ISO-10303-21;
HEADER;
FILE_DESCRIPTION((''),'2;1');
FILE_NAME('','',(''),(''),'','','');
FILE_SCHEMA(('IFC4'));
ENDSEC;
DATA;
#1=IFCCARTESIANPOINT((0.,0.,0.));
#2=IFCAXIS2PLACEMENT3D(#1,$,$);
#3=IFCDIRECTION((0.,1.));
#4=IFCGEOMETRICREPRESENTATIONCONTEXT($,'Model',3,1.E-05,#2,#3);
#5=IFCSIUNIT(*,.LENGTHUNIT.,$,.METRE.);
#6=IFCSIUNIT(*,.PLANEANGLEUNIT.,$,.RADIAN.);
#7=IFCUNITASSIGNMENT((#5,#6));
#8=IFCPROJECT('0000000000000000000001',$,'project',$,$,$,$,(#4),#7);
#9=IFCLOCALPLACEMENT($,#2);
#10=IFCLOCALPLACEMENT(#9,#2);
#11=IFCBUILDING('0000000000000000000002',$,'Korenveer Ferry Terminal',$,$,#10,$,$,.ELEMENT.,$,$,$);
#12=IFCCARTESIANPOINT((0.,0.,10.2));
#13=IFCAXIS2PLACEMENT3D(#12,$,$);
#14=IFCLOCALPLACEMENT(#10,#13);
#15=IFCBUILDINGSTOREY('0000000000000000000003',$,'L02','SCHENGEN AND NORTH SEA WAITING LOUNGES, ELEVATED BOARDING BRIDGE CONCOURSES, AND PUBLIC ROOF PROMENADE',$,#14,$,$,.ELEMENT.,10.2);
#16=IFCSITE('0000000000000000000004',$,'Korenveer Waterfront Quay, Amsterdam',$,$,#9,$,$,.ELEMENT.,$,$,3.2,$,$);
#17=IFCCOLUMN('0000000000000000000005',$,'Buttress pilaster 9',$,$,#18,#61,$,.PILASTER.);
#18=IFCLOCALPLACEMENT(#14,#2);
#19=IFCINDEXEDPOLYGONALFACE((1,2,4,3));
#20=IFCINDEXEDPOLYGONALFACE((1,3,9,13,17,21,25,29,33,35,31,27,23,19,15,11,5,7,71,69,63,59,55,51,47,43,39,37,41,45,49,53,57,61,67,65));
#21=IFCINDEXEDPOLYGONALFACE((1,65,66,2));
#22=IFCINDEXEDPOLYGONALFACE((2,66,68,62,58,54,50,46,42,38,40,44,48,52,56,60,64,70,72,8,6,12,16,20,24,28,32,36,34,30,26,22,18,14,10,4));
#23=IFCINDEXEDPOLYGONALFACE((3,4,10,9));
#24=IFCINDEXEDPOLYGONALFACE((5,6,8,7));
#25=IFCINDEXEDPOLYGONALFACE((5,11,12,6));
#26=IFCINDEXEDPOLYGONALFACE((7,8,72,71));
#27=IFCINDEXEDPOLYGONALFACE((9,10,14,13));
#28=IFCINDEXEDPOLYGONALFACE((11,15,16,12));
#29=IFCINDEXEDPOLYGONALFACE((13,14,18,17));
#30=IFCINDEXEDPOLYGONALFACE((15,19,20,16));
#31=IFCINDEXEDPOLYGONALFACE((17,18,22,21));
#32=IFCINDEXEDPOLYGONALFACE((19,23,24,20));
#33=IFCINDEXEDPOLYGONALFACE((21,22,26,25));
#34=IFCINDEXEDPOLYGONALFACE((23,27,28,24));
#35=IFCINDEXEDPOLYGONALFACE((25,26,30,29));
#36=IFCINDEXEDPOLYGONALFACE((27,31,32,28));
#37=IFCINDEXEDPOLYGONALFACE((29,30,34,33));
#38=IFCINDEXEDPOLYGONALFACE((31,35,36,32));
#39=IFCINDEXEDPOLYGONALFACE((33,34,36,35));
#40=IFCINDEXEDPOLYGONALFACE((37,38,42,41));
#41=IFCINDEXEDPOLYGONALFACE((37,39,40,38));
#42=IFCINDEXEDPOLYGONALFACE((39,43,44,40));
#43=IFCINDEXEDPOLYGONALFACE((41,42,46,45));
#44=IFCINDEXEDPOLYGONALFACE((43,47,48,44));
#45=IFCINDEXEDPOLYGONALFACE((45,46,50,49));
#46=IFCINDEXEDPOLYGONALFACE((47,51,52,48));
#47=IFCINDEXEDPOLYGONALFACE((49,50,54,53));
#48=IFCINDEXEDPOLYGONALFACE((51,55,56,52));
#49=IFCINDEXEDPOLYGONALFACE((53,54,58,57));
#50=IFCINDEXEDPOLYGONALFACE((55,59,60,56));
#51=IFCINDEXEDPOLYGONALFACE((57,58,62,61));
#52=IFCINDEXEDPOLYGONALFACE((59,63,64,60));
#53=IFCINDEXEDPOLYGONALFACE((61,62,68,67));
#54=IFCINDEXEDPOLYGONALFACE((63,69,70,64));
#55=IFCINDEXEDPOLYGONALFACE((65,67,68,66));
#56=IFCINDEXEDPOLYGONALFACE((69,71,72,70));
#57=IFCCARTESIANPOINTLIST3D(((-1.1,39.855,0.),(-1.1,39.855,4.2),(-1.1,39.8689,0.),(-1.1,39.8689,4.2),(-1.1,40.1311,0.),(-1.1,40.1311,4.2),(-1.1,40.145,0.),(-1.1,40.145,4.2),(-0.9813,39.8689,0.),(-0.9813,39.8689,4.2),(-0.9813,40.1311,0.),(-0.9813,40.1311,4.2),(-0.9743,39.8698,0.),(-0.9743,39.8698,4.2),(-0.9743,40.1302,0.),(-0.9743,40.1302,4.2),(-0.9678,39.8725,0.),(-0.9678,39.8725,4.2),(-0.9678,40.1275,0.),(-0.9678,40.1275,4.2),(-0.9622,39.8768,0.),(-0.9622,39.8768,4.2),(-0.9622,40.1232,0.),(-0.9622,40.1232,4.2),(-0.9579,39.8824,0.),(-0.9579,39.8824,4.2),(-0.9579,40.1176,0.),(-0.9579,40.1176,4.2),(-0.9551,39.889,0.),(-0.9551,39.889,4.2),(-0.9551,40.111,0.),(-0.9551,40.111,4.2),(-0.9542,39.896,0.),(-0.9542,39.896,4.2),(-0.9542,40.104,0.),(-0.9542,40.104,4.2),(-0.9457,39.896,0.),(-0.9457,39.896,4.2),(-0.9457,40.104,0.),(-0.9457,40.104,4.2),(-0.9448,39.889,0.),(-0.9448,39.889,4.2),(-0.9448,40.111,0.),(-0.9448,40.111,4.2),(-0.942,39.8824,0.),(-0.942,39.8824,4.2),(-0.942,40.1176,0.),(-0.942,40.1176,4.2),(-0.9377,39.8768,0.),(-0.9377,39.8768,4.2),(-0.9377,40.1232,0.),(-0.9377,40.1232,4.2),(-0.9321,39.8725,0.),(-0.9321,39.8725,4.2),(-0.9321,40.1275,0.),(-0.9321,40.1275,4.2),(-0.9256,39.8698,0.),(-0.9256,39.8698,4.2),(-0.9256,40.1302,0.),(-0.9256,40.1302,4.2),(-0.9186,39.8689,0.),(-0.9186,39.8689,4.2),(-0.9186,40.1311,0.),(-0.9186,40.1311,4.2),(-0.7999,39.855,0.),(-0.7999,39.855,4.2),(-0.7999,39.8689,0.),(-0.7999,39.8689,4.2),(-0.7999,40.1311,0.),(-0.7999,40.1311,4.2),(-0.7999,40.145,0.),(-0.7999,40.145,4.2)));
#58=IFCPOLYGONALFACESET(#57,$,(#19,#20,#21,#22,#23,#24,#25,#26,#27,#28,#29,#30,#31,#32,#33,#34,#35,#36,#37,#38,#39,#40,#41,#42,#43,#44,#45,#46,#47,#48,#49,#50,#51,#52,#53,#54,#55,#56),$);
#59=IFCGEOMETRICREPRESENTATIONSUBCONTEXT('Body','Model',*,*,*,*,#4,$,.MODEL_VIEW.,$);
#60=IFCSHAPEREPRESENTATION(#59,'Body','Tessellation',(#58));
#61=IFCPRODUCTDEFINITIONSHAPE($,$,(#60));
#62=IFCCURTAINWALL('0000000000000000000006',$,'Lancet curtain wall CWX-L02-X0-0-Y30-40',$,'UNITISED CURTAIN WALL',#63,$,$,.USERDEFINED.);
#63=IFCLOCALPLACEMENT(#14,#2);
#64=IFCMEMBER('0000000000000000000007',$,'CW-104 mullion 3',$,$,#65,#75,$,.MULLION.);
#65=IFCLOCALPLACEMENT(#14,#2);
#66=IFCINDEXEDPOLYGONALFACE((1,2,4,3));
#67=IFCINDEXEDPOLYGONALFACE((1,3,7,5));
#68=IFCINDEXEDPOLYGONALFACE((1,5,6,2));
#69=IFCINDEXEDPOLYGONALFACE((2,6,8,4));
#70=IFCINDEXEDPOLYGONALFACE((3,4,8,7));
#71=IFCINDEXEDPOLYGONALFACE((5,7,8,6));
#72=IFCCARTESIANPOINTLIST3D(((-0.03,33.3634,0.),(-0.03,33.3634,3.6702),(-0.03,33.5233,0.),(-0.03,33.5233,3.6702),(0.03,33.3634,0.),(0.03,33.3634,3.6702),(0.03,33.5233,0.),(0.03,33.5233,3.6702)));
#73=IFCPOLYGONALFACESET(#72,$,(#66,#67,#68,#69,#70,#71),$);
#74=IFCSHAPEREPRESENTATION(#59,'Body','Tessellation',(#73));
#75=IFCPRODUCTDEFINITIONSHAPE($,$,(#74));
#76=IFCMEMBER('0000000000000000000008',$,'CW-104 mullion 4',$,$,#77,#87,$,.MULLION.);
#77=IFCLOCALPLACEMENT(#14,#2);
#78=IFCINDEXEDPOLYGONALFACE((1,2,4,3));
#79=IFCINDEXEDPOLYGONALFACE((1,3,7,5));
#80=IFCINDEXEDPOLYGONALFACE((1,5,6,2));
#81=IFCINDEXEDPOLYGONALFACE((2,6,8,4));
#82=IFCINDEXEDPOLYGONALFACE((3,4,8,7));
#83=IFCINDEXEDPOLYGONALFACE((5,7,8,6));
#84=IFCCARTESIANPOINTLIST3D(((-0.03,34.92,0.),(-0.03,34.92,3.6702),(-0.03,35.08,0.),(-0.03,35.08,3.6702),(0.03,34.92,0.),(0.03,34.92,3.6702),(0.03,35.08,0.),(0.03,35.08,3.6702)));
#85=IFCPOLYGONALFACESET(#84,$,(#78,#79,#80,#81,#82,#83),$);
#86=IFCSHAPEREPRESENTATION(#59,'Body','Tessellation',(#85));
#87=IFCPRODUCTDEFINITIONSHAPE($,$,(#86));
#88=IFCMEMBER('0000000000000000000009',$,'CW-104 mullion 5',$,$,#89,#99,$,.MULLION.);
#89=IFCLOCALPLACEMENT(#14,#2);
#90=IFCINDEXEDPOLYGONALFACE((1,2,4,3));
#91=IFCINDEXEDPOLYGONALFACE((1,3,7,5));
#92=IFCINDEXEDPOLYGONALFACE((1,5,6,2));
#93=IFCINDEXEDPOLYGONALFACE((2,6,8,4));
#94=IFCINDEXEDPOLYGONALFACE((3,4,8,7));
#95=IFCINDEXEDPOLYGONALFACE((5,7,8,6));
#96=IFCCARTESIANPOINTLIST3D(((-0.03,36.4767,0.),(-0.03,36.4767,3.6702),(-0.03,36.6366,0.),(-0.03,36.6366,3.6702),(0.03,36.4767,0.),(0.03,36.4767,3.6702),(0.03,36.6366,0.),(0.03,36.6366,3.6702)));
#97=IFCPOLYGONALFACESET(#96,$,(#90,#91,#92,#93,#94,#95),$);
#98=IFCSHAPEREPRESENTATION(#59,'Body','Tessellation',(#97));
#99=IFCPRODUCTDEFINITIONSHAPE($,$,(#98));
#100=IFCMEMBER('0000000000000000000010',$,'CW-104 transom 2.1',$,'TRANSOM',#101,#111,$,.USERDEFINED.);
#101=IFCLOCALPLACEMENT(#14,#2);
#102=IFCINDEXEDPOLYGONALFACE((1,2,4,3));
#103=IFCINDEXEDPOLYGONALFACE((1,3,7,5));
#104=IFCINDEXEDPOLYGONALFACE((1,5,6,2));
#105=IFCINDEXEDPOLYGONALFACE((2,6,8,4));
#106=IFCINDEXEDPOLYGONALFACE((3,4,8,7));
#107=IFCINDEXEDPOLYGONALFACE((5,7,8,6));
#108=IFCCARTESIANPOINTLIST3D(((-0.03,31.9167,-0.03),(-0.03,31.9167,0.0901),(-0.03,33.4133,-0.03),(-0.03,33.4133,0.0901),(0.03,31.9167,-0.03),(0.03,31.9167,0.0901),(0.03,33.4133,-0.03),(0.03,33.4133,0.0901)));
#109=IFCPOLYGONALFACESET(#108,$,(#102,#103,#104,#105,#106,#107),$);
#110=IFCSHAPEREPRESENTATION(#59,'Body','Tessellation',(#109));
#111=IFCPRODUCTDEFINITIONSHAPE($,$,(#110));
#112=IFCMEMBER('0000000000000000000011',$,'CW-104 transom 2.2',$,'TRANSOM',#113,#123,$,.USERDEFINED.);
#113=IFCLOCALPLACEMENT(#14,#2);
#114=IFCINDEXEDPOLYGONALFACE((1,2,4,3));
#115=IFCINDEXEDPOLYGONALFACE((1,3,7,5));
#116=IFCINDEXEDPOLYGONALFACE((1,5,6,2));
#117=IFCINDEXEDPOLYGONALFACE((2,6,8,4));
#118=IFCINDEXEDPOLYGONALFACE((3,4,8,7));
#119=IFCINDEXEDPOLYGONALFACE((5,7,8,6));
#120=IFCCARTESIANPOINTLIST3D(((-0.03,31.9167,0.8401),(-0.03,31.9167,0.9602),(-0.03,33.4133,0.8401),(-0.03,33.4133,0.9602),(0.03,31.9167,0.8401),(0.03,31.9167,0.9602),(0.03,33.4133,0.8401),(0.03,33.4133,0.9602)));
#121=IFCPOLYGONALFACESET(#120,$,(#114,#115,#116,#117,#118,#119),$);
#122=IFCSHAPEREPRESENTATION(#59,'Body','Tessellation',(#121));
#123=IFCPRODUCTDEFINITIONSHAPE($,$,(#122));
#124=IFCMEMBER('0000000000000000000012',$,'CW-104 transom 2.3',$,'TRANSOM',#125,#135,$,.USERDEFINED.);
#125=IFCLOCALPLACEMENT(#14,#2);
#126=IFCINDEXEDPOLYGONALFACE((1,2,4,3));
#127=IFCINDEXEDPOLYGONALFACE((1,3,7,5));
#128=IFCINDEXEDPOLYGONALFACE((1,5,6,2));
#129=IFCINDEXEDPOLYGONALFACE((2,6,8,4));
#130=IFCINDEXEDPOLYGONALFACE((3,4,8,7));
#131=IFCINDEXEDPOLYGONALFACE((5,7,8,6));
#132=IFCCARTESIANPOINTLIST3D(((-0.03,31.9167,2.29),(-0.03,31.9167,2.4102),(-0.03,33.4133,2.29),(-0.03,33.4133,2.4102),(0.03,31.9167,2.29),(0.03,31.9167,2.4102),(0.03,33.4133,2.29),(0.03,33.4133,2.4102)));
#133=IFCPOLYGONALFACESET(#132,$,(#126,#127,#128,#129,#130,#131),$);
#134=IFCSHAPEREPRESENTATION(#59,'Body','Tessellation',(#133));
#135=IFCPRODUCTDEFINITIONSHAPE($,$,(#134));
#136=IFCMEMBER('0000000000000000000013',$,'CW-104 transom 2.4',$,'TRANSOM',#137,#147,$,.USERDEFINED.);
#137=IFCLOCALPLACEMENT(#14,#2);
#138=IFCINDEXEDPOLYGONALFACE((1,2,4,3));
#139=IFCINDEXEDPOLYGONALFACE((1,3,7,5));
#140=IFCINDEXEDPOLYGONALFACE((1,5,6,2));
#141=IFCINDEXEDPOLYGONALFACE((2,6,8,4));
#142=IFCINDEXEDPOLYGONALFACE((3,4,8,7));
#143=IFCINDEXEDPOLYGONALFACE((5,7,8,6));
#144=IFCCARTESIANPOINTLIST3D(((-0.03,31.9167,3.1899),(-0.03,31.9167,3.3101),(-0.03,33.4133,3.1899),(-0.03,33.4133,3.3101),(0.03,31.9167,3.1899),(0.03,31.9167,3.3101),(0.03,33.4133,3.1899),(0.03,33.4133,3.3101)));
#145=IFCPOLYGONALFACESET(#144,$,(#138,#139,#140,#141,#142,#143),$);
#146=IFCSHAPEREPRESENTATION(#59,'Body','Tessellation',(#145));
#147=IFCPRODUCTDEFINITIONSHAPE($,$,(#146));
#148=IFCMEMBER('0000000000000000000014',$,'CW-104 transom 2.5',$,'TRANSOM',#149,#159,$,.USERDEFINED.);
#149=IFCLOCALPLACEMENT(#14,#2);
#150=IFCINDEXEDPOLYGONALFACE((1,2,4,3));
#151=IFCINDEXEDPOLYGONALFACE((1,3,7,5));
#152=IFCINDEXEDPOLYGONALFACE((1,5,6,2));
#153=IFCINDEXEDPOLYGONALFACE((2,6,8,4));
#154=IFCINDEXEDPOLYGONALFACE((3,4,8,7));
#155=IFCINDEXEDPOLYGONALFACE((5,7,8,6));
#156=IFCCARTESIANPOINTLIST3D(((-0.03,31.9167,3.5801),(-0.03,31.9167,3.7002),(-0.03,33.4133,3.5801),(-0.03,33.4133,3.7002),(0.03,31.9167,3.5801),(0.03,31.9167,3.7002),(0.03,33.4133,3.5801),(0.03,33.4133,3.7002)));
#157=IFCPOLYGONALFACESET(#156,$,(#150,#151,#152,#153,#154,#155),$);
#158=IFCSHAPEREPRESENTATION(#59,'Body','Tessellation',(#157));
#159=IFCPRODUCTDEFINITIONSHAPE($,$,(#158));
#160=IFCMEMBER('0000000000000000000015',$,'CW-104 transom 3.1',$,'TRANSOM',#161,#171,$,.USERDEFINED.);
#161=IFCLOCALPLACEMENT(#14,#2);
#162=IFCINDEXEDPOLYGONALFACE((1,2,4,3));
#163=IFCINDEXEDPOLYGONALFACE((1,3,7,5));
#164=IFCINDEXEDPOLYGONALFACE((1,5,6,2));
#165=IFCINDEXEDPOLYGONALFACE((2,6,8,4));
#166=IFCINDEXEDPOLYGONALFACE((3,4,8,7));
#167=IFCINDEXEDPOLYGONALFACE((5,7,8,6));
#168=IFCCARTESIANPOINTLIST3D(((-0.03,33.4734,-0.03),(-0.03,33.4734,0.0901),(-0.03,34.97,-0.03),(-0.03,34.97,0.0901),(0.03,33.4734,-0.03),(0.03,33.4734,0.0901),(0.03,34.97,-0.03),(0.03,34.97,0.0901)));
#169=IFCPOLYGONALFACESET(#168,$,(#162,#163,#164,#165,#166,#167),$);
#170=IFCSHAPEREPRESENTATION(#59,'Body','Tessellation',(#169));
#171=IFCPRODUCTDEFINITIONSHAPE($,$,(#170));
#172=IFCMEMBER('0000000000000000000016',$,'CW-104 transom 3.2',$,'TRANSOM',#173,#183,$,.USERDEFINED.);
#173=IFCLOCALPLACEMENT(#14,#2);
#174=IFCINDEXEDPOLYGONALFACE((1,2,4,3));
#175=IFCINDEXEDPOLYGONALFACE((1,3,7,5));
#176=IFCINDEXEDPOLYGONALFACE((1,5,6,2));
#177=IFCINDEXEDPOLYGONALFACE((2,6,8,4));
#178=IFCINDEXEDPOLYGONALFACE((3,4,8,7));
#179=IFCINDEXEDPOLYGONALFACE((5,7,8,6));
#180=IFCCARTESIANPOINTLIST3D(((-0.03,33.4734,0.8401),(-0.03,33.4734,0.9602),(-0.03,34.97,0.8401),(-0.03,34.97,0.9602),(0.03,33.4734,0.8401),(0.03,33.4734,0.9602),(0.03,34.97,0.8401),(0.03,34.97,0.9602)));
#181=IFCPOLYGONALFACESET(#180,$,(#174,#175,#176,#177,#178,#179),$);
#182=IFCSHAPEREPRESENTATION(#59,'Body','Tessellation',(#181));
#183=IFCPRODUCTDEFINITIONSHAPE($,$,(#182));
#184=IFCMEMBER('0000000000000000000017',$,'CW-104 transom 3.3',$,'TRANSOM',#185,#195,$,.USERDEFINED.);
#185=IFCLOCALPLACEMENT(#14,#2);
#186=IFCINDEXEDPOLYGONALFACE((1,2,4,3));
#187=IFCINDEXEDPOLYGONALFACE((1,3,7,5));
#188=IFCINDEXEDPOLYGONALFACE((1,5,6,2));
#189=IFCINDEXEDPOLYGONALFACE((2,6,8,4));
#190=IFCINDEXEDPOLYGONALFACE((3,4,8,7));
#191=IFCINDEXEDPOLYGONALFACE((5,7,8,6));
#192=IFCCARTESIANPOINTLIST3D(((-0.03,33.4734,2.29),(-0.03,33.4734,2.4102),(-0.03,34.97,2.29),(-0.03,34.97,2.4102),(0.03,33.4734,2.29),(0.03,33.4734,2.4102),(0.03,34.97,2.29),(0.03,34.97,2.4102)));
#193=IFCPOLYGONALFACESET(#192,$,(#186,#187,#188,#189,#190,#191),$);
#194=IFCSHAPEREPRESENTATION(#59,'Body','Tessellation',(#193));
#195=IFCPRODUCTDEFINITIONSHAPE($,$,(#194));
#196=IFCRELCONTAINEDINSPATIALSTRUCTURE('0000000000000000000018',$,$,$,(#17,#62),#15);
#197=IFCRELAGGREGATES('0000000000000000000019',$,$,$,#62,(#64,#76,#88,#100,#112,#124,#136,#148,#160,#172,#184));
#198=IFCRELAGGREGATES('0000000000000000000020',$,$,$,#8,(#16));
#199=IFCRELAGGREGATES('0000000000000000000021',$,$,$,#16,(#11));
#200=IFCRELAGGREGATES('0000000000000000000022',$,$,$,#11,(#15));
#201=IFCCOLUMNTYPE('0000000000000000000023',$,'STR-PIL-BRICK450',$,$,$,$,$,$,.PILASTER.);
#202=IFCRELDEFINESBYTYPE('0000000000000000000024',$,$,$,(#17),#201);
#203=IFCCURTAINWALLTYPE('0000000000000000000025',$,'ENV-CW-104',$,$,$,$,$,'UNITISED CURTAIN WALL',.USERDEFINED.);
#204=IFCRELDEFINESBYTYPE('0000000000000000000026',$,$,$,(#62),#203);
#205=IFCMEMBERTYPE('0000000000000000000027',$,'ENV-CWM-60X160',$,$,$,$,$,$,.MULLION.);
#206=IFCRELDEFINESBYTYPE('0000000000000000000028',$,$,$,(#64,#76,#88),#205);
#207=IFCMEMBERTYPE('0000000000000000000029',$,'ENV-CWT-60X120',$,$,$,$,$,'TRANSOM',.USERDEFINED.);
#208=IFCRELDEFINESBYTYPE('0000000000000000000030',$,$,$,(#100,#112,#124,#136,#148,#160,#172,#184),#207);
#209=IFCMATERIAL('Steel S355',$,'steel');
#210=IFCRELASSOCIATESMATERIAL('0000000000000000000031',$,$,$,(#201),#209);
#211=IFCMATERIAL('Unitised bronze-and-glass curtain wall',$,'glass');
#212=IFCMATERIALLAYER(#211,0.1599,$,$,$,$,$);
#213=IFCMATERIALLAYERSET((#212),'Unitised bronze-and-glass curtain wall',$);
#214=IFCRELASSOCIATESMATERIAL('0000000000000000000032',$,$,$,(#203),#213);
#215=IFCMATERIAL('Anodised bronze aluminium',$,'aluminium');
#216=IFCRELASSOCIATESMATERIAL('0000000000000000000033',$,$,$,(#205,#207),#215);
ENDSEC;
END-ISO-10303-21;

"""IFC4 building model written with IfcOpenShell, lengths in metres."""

from ifc_helpers import new_model, si_unit, direction, frame, origin, origin_2d, place, context, subcontext, project, spatial, rectangle, i_section, extrude, material, layer, layer_set, material_profile, profile_set, type_object, element, aggregate, save


model = new_model("IFC4")

# Units and contexts
model_context = context("Model", 3, precision=1e-05, world=origin(), true_north=direction((0.0, 1.0)))
body_context = subcontext(model_context, "Body", "Model", "MODEL_VIEW")
ifc_project = project(units=[si_unit("LENGTHUNIT", "METRE"), si_unit("PLANEANGLEUNIT", "RADIAN")], contexts=[model_context])

# Site, building, storey
site_placement = place(None, origin())
site = spatial("IfcSite", under=ifc_project, at=site_placement, Name="Korenveer Waterfront Quay, Amsterdam", CompositionType="ELEMENT", RefElevation=3.2)
building_placement = place(site_placement, origin())
building = spatial("IfcBuilding", under=site, at=building_placement, Name="Korenveer Ferry Terminal", CompositionType="ELEMENT")
storey_placement = place(building_placement, frame((0.0, 0.0, 10.2)))
storey = spatial("IfcBuildingStorey", under=building, at=storey_placement, Name="L02", Description="SCHENGEN AND NORTH SEA WAITING LOUNGES, ELEVATED BOARDING BRIDGE CONCOURSES, AND PUBLIC ROOF PROMENADE", CompositionType="ELEMENT", Elevation=10.2)

# Column
ifc_material_1 = material(Name="Steel S355", Category="steel")
ifc_material_profile_1 = material_profile(ifc_material_1, i_section(OverallWidth=0.3, OverallDepth=0.29, WebThickness=0.0085, FlangeThickness=0.0139, FilletRadius=0.0271, at=origin_2d()), Name="HEA 300")
ifc_profile_set_1 = profile_set([ifc_material_profile_1], Name="Steel S355")
column_type = type_object("IfcColumnType", Name="STR-PIL-BRICK450", PredefinedType="PILASTER", material=ifc_profile_set_1)
column_placement = place(storey_placement, frame((-0.95, 40.0, 0.0), z_axis=(0.0, 0.0, 1.0), x_axis=(1.0, 0.0, 0.0)))
element("IfcColumn", 1, at=column_placement, inside=storey, type_object=column_type, Name="Buttress pilaster 9", PredefinedType="PILASTER", context=body_context, shape_type="SweptSolid", body=[
    extrude(i_section(OverallWidth=0.3, OverallDepth=0.29, WebThickness=0.0085, FlangeThickness=0.0139, FilletRadius=0.0271, at=origin_2d()), origin(), (0.0, 0.0, 1.0), 4.2),
])

# Curtain wall, members
ifc_material_2 = material(Name="Unitised bronze-and-glass curtain wall", Category="glass")
ifc_layer_1 = layer(ifc_material_2, 0.1599)
ifc_layer_set_1 = layer_set([ifc_layer_1], Name="Unitised bronze-and-glass curtain wall")
curtain_wall_type = type_object("IfcCurtainWallType", Name="ENV-CW-104", ElementType="UNITISED CURTAIN WALL", PredefinedType="USERDEFINED", material=ifc_layer_set_1)
curtain_wall_placement = place(storey_placement, frame((0.0, 30.3301, 0.0)))
curtain_wall = element("IfcCurtainWall", 2, at=curtain_wall_placement, inside=storey, type_object=curtain_wall_type, Name="Lancet curtain wall CWX-L02-X0-0-Y30-40", ObjectType="UNITISED CURTAIN WALL", PredefinedType="USERDEFINED")
ifc_material_3 = material(Name="Anodised bronze aluminium", Category="aluminium")
ifc_material_profile_2 = material_profile(ifc_material_3, rectangle(XDim=0.0601, YDim=0.1599, at=origin_2d()), Name="ALU 60x160")
ifc_profile_set_2 = profile_set([ifc_material_profile_2], Name="Anodised bronze aluminium")
member_type_1 = type_object("IfcMemberType", Name="ENV-CWM-60X160", PredefinedType="MULLION", material=ifc_profile_set_2)
member_1_placement = place(storey_placement, frame((0.0, 33.4434, 0.0), z_axis=(0.0, 0.0, 1.0), x_axis=(-1.0, 0.0, 0.0)))
member_1 = element("IfcMember", 3, at=member_1_placement, type_object=member_type_1, Name="CW-104 mullion 3", PredefinedType="MULLION", context=body_context, shape_type="SweptSolid", body=[
    extrude(rectangle(XDim=0.0601, YDim=0.1599, at=origin_2d()), origin(), (0.0, 0.0, 1.0), 3.6702),
])
member_2_placement = place(storey_placement, frame((0.0, 35.0, 0.0), z_axis=(0.0, 0.0, 1.0), x_axis=(-1.0, 0.0, 0.0)))
member_2 = element("IfcMember", 4, at=member_2_placement, type_object=member_type_1, Name="CW-104 mullion 4", PredefinedType="MULLION", context=body_context, shape_type="SweptSolid", body=[
    extrude(rectangle(XDim=0.0601, YDim=0.1599, at=origin_2d()), origin(), (0.0, 0.0, 1.0), 3.6702),
])
member_3_placement = place(storey_placement, frame((0.0, 36.5566, 0.0), z_axis=(0.0, 0.0, 1.0), x_axis=(-1.0, 0.0, 0.0)))
member_3 = element("IfcMember", 5, at=member_3_placement, type_object=member_type_1, Name="CW-104 mullion 5", PredefinedType="MULLION", context=body_context, shape_type="SweptSolid", body=[
    extrude(rectangle(XDim=0.0601, YDim=0.1599, at=origin_2d()), origin(), (0.0, 0.0, 1.0), 3.6702),
])
ifc_material_profile_3 = material_profile(ifc_material_3, rectangle(XDim=0.0601, YDim=0.1201, at=origin_2d()), Name="ALU 60x120")
ifc_profile_set_3 = profile_set([ifc_material_profile_3], Name="Anodised bronze aluminium")
member_type_2 = type_object("IfcMemberType", Name="ENV-CWT-60X120", ElementType="TRANSOM", PredefinedType="USERDEFINED", material=ifc_profile_set_3)
member_4_placement = place(storey_placement, frame((0.0, 31.9167, 0.03), z_axis=(0.0, 1.0, 0.0), x_axis=(-1.0, 0.0, 0.0)))
member_4 = element("IfcMember", 6, at=member_4_placement, type_object=member_type_2, Name="CW-104 transom 2.1", ObjectType="TRANSOM", PredefinedType="USERDEFINED", context=body_context, shape_type="SweptSolid", body=[
    extrude(rectangle(XDim=0.0601, YDim=0.1201, at=origin_2d()), origin(), (0.0, 0.0, 1.0), 1.4966),
])
member_5_placement = place(storey_placement, frame((0.0, 31.9167, 0.9001), z_axis=(0.0, 1.0, 0.0), x_axis=(-1.0, 0.0, 0.0)))
member_5 = element("IfcMember", 7, at=member_5_placement, type_object=member_type_2, Name="CW-104 transom 2.2", ObjectType="TRANSOM", PredefinedType="USERDEFINED", context=body_context, shape_type="SweptSolid", body=[
    extrude(rectangle(XDim=0.0601, YDim=0.1201, at=origin_2d()), origin(), (0.0, 0.0, 1.0), 1.4966),
])
member_6_placement = place(storey_placement, frame((0.0, 31.9167, 2.3501), z_axis=(0.0, 1.0, 0.0), x_axis=(-1.0, 0.0, 0.0)))
member_6 = element("IfcMember", 8, at=member_6_placement, type_object=member_type_2, Name="CW-104 transom 2.3", ObjectType="TRANSOM", PredefinedType="USERDEFINED", context=body_context, shape_type="SweptSolid", body=[
    extrude(rectangle(XDim=0.0601, YDim=0.1201, at=origin_2d()), origin(), (0.0, 0.0, 1.0), 1.4966),
])
member_7_placement = place(storey_placement, frame((0.0, 31.9167, 3.25), z_axis=(0.0, 1.0, 0.0), x_axis=(-1.0, 0.0, 0.0)))
member_7 = element("IfcMember", 9, at=member_7_placement, type_object=member_type_2, Name="CW-104 transom 2.4", ObjectType="TRANSOM", PredefinedType="USERDEFINED", context=body_context, shape_type="SweptSolid", body=[
    extrude(rectangle(XDim=0.0601, YDim=0.1201, at=origin_2d()), origin(), (0.0, 0.0, 1.0), 1.4966),
])
member_8_placement = place(storey_placement, frame((0.0, 31.9167, 3.6401), z_axis=(0.0, 1.0, 0.0), x_axis=(-1.0, 0.0, 0.0)))
member_8 = element("IfcMember", 10, at=member_8_placement, type_object=member_type_2, Name="CW-104 transom 2.5", ObjectType="TRANSOM", PredefinedType="USERDEFINED", context=body_context, shape_type="SweptSolid", body=[
    extrude(rectangle(XDim=0.0601, YDim=0.1201, at=origin_2d()), origin(), (0.0, 0.0, 1.0), 1.4966),
])
member_9_placement = place(storey_placement, frame((0.0, 33.4734, 0.03), z_axis=(0.0, 1.0, 0.0), x_axis=(-1.0, 0.0, 0.0)))
member_9 = element("IfcMember", 11, at=member_9_placement, type_object=member_type_2, Name="CW-104 transom 3.1", ObjectType="TRANSOM", PredefinedType="USERDEFINED", context=body_context, shape_type="SweptSolid", body=[
    extrude(rectangle(XDim=0.0601, YDim=0.1201, at=origin_2d()), origin(), (0.0, 0.0, 1.0), 1.4966),
])
member_10_placement = place(storey_placement, frame((0.0, 33.4734, 0.9001), z_axis=(0.0, 1.0, 0.0), x_axis=(-1.0, 0.0, 0.0)))
member_10 = element("IfcMember", 12, at=member_10_placement, type_object=member_type_2, Name="CW-104 transom 3.2", ObjectType="TRANSOM", PredefinedType="USERDEFINED", context=body_context, shape_type="SweptSolid", body=[
    extrude(rectangle(XDim=0.0601, YDim=0.1201, at=origin_2d()), origin(), (0.0, 0.0, 1.0), 1.4966),
])
member_11_placement = place(storey_placement, frame((0.0, 33.4734, 2.3501), z_axis=(0.0, 1.0, 0.0), x_axis=(-1.0, 0.0, 0.0)))
member_11 = element("IfcMember", 13, at=member_11_placement, type_object=member_type_2, Name="CW-104 transom 3.3", ObjectType="TRANSOM", PredefinedType="USERDEFINED", context=body_context, shape_type="SweptSolid", body=[
    extrude(rectangle(XDim=0.0601, YDim=0.1201, at=origin_2d()), origin(), (0.0, 0.0, 1.0), 1.4966),
])

aggregate(curtain_wall, [member_1, member_2, member_3, member_4, member_5, member_6, member_7, member_8, member_9, member_10, member_11])

save(model, "model.ifc")
